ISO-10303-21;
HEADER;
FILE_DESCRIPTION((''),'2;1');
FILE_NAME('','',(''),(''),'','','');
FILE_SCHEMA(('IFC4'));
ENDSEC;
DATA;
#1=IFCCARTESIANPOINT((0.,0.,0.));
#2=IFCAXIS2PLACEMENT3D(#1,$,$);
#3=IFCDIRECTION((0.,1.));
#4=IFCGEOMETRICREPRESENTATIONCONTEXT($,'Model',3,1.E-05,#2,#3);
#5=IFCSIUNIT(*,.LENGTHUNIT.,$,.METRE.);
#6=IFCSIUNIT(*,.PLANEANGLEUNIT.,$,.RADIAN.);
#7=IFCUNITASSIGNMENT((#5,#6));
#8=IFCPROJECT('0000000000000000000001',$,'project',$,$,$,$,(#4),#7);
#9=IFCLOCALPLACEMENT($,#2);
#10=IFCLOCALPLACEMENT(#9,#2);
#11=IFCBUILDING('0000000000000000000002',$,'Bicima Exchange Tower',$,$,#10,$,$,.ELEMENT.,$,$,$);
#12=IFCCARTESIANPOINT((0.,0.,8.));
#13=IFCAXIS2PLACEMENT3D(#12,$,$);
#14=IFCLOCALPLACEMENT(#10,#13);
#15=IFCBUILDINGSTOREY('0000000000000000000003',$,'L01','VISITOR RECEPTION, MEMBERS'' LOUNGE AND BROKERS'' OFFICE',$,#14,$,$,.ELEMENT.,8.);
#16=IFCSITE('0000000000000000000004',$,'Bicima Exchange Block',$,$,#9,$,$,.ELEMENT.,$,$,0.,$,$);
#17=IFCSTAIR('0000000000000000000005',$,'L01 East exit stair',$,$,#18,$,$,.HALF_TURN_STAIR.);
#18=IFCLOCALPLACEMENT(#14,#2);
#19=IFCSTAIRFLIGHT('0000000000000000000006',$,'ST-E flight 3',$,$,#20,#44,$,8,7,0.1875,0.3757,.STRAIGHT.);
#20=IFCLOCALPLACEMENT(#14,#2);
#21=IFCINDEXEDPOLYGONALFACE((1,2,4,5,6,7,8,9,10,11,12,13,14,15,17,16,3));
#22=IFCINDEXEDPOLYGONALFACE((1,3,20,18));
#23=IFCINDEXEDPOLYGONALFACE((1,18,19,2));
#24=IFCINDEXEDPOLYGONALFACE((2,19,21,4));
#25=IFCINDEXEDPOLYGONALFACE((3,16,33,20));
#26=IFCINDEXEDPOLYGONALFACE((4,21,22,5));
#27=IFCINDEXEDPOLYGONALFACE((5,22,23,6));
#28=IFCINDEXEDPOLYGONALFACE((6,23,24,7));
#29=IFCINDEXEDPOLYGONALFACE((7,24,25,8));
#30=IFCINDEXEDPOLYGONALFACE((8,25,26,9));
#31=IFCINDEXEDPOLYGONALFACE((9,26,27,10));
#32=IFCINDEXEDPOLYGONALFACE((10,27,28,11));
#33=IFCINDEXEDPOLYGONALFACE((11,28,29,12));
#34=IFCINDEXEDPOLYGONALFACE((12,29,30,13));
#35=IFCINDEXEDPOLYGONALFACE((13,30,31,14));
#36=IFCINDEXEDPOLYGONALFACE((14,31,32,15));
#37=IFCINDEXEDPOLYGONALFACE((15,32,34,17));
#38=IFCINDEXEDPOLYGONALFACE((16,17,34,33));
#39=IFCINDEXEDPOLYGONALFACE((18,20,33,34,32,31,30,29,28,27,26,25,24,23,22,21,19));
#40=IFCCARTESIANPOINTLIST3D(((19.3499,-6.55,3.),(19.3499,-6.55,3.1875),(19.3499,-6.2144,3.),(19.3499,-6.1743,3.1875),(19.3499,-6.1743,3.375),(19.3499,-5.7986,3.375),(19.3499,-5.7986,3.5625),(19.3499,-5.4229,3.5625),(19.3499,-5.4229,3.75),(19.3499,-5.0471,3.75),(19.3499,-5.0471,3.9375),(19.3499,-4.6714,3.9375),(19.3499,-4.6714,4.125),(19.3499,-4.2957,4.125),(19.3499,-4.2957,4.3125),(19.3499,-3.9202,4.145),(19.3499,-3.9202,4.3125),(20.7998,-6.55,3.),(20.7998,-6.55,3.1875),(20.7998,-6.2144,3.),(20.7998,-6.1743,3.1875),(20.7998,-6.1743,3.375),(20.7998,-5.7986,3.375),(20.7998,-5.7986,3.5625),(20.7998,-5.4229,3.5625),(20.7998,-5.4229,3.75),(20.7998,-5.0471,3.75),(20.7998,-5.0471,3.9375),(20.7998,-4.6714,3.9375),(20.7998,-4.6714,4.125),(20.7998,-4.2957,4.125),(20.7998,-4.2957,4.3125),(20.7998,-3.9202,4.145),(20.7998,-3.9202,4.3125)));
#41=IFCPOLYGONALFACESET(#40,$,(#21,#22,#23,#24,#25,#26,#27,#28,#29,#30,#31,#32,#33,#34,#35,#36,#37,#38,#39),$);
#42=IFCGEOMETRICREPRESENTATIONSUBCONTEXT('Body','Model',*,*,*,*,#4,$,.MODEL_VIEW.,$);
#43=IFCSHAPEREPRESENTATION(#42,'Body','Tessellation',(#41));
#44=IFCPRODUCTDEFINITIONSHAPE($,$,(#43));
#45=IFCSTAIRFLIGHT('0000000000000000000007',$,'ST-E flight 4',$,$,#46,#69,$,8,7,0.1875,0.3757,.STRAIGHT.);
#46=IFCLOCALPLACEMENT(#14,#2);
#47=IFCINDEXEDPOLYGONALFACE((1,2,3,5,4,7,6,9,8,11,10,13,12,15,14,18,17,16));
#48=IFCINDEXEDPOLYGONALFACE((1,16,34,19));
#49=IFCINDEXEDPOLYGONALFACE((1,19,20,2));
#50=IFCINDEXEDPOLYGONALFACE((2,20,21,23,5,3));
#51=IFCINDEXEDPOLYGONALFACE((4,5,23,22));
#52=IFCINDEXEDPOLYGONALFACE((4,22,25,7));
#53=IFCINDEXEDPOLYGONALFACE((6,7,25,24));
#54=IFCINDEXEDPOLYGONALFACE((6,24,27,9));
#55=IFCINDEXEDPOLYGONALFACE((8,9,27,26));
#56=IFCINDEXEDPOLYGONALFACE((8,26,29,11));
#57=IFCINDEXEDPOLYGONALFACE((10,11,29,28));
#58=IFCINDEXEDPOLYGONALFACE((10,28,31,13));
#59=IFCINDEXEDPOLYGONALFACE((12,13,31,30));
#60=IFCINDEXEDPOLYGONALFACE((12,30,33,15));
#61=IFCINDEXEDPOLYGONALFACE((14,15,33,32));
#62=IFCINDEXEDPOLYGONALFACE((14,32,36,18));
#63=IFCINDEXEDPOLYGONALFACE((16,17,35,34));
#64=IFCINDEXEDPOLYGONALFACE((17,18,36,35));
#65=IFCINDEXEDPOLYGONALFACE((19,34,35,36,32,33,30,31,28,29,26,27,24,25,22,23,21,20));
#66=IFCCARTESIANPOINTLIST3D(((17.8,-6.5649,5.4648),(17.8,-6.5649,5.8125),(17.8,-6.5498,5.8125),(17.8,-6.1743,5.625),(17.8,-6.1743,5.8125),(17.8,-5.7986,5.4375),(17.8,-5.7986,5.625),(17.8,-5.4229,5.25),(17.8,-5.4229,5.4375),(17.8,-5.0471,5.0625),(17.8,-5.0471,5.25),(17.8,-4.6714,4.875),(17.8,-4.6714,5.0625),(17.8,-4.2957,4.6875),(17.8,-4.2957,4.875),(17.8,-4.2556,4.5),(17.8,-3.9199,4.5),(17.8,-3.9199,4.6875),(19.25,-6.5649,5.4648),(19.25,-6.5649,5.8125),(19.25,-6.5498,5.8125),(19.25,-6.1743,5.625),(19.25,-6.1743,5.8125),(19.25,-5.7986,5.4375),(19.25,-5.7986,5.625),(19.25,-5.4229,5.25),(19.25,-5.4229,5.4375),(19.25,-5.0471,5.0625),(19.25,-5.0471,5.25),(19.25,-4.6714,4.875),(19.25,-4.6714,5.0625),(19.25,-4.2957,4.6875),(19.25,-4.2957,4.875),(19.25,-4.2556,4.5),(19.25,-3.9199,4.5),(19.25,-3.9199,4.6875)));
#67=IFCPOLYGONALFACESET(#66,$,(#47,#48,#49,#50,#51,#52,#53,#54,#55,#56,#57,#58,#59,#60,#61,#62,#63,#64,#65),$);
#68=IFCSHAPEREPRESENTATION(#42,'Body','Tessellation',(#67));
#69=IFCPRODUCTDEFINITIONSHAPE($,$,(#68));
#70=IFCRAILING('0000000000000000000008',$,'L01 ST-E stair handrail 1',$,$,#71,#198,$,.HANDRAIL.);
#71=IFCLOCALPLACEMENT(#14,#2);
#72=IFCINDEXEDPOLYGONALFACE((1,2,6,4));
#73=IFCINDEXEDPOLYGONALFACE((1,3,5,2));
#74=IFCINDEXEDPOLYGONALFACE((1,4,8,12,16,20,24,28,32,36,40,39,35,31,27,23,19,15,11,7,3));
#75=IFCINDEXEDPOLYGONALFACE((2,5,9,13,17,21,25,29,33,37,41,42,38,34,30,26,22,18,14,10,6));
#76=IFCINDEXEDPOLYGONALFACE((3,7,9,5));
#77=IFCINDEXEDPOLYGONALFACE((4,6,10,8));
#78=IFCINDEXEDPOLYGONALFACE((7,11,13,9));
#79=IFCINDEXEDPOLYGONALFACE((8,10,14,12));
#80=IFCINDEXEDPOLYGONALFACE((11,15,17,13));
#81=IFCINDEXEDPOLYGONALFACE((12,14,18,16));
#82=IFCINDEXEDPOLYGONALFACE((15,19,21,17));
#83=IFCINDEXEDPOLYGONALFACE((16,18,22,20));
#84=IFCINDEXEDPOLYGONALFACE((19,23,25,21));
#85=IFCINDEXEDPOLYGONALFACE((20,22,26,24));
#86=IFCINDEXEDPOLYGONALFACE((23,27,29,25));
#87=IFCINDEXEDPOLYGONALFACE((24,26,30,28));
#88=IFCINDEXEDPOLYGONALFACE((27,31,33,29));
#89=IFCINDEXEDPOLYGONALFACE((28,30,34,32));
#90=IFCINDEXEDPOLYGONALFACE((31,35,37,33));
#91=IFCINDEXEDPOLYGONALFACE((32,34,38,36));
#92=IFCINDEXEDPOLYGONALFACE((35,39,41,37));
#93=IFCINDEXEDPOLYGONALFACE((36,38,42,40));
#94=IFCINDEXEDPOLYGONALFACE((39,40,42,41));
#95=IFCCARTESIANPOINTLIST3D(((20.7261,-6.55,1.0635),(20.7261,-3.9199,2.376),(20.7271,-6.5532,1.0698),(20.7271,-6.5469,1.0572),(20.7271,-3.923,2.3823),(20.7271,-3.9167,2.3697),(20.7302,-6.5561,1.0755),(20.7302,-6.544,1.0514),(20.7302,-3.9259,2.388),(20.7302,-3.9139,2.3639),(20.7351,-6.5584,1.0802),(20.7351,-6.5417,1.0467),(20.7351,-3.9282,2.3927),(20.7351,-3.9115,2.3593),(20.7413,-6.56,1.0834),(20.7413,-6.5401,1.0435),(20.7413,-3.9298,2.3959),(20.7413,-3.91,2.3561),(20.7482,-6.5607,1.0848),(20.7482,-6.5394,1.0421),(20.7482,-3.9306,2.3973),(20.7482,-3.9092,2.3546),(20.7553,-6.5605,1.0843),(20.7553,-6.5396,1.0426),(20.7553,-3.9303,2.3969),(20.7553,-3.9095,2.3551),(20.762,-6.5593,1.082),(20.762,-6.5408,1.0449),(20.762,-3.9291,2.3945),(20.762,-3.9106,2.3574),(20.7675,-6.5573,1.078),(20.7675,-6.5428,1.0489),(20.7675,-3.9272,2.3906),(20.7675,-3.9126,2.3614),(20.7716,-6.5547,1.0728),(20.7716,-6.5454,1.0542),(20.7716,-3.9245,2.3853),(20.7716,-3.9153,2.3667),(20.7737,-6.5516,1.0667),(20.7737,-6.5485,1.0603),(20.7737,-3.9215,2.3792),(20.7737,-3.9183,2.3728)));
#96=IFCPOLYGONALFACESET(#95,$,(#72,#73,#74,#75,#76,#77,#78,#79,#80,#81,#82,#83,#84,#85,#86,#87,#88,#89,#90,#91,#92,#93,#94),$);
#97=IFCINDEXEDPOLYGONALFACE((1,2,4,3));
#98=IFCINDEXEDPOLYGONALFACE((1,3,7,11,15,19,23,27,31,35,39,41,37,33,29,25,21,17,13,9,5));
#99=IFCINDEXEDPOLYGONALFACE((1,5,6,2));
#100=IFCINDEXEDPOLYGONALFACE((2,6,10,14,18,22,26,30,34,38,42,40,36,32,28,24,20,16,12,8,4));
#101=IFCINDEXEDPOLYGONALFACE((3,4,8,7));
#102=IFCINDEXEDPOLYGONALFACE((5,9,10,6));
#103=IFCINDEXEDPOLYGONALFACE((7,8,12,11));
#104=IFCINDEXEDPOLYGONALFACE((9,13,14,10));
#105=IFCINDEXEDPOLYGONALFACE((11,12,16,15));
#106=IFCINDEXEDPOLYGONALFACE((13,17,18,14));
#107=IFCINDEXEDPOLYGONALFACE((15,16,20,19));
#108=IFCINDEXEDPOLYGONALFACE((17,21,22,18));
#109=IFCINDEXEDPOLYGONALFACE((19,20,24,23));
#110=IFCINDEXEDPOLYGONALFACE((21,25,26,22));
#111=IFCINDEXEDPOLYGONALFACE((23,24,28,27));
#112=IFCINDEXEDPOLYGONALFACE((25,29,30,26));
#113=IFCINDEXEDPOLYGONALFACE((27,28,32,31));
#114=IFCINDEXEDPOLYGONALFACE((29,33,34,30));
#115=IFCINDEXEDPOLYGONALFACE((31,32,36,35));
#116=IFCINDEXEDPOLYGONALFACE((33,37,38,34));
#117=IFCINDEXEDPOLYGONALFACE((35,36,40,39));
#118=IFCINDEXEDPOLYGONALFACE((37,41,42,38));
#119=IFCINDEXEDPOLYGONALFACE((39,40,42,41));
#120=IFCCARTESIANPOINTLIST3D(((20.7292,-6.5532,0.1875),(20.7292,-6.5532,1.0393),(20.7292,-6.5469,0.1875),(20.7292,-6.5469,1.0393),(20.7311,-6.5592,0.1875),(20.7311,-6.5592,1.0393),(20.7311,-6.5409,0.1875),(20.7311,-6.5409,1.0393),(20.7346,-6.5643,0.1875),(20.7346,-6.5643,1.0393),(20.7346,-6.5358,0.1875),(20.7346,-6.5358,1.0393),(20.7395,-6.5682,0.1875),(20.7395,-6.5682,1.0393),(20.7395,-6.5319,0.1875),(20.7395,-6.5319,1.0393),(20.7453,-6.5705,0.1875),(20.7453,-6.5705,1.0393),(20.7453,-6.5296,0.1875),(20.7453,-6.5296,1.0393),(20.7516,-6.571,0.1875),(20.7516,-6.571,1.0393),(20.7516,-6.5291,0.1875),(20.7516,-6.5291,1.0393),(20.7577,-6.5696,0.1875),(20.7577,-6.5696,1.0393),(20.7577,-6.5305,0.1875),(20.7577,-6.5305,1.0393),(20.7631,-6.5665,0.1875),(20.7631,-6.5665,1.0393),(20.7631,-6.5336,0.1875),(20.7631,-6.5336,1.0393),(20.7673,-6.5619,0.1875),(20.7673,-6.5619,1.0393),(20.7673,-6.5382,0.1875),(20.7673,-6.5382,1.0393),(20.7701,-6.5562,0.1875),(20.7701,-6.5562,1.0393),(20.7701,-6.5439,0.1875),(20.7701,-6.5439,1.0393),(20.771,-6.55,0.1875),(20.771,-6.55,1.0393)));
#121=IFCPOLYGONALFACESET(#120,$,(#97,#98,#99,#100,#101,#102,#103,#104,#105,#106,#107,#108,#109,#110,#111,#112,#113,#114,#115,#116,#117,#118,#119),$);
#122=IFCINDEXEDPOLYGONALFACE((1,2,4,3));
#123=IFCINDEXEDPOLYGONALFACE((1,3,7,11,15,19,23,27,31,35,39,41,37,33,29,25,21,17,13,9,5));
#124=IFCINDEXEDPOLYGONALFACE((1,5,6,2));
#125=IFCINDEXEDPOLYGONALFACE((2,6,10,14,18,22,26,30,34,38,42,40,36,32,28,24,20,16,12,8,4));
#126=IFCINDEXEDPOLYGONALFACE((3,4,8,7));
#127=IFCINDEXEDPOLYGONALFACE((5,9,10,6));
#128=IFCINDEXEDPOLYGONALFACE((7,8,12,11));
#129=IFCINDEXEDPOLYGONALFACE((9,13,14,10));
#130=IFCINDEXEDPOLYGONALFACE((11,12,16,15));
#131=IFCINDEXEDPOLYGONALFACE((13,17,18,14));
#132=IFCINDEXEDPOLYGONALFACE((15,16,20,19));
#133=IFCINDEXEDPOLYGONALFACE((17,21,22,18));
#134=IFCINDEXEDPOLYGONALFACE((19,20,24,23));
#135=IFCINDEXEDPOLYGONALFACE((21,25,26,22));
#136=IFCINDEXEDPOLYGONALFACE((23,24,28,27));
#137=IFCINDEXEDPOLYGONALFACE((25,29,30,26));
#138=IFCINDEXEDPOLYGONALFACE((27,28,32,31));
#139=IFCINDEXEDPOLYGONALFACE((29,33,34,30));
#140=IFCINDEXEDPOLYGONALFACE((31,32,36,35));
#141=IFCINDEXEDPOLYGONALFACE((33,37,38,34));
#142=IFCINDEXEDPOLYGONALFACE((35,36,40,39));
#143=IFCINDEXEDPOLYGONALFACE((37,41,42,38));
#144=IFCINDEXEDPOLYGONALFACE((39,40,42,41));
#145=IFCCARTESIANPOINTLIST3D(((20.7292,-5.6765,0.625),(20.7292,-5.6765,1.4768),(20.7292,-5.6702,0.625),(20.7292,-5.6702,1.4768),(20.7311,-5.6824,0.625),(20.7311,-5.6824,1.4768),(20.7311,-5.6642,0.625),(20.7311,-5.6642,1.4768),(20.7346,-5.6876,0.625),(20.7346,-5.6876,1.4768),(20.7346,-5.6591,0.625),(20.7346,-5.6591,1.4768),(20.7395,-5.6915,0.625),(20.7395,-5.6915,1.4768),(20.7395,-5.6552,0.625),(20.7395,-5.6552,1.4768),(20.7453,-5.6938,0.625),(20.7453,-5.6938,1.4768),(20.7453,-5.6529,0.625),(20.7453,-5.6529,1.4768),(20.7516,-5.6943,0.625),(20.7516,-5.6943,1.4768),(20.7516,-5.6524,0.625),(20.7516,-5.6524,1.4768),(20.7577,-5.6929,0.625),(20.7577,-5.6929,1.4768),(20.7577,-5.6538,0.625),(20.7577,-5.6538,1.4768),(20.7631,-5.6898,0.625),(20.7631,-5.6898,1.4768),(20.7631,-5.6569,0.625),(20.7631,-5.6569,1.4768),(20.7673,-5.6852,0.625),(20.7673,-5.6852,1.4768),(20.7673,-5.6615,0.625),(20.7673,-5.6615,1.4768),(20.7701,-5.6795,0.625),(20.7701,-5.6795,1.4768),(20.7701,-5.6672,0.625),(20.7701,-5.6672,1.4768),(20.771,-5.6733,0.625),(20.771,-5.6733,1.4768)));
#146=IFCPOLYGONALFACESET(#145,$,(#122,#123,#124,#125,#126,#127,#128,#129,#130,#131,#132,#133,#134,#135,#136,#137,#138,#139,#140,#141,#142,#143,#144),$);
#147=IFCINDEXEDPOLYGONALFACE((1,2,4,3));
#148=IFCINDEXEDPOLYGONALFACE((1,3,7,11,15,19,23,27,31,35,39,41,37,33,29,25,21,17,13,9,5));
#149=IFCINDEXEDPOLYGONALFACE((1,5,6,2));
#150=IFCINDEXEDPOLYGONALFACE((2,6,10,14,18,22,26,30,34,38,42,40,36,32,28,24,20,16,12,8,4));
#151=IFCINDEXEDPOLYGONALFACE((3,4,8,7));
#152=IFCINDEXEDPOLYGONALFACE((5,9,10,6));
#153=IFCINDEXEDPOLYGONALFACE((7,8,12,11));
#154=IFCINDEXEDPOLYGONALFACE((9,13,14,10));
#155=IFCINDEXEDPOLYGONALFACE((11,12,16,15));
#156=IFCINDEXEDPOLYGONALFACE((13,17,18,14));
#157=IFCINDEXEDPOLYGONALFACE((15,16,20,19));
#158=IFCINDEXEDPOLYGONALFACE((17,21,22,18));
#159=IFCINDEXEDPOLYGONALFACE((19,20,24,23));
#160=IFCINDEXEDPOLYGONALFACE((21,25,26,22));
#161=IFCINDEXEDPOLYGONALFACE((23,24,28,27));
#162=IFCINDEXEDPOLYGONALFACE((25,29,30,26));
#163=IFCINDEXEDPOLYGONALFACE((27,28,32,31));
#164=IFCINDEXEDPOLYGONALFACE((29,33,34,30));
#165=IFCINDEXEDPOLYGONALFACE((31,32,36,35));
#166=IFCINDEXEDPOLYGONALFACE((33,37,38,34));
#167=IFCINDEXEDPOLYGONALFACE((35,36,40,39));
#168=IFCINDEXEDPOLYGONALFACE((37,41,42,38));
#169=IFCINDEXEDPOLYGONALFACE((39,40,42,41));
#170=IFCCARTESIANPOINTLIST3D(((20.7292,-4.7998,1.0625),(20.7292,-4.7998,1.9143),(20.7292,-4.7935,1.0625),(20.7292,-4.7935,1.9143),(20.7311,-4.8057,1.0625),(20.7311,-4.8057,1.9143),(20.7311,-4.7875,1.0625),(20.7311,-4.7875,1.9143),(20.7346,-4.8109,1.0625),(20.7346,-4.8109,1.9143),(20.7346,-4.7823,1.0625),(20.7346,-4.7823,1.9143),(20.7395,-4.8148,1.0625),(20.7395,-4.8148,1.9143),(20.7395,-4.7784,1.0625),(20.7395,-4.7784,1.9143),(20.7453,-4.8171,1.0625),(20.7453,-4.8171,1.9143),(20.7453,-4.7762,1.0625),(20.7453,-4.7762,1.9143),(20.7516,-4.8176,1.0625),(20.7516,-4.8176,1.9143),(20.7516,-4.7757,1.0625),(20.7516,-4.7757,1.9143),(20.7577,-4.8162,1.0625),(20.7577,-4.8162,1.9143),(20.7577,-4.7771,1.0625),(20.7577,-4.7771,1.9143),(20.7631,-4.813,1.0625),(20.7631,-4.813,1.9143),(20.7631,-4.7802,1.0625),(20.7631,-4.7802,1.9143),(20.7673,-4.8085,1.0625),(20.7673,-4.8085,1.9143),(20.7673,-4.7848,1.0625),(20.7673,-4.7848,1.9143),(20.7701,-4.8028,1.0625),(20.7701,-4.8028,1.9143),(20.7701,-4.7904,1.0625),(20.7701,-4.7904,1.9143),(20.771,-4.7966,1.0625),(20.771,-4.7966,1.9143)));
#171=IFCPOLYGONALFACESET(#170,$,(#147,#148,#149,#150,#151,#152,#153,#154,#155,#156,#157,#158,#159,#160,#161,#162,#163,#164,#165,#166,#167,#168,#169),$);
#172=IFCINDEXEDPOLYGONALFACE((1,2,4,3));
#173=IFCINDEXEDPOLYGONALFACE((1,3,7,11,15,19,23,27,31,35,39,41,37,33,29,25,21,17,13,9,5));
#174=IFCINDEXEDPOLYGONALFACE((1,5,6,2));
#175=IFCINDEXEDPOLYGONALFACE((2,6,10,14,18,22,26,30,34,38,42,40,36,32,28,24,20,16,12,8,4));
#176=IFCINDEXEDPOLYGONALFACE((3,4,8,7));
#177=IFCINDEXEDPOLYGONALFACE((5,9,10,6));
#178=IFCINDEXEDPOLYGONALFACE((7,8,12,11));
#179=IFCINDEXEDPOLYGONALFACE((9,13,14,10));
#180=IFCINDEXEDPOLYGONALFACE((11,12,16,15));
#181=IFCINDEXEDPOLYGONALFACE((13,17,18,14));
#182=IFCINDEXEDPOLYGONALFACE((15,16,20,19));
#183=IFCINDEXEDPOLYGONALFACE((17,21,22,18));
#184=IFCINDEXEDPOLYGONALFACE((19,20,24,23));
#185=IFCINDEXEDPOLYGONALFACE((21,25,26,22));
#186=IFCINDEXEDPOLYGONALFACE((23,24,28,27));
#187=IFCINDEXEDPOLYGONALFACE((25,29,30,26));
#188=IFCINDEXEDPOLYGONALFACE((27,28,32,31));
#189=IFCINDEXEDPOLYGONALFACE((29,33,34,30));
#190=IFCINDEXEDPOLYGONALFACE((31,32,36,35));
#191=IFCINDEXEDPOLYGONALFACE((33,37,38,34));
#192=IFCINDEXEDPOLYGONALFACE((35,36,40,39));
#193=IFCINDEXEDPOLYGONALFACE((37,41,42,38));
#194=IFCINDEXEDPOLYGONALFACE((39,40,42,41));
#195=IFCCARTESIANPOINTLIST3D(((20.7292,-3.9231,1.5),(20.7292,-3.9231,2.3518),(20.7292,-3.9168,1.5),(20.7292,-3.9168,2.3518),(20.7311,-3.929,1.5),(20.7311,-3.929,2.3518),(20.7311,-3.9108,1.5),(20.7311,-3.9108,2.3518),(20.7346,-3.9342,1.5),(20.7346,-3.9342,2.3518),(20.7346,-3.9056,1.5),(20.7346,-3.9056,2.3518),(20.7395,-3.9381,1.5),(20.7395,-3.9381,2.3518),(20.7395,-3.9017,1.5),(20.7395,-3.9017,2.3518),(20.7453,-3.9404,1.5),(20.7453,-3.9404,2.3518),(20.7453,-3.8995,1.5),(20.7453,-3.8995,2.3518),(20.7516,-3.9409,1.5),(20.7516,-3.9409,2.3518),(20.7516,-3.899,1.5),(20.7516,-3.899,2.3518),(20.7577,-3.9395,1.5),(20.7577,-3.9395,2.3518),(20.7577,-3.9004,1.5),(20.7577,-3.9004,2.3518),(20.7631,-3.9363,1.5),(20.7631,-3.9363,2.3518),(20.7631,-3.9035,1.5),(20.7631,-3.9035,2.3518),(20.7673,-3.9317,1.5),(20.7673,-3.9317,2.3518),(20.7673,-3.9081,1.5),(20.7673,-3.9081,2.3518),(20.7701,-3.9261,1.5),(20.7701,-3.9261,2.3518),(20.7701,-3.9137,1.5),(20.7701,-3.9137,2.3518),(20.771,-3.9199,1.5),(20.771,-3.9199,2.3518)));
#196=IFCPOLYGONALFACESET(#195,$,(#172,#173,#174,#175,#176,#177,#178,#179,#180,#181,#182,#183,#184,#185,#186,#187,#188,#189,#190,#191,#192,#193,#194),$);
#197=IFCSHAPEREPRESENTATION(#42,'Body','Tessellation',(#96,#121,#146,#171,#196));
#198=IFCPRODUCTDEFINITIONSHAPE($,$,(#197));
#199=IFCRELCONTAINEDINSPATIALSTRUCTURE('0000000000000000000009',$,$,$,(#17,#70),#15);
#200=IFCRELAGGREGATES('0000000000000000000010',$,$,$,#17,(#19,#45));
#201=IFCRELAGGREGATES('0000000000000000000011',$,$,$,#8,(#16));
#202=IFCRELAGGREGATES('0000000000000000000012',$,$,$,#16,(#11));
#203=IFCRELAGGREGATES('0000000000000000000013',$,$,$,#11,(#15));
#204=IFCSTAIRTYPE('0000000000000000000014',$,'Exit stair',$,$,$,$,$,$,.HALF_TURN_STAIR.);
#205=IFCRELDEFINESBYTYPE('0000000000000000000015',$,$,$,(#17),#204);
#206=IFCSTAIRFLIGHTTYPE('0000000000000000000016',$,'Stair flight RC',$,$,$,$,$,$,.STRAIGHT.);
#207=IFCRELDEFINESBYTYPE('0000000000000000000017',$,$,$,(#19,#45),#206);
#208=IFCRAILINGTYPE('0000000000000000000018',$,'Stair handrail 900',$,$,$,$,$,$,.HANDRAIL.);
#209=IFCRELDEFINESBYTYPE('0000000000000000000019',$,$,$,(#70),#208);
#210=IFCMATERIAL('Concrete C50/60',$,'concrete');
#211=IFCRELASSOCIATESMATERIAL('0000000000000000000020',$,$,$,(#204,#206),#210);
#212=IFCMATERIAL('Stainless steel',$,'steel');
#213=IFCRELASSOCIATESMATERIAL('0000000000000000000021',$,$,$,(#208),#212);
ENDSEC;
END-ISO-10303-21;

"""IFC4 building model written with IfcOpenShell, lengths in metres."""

from ifc_helpers import new_model, si_unit, direction, frame, origin, origin_2d, place, context, subcontext, project, spatial, polyline, circle, outline, extrude, material, type_object, element, aggregate, save


model = new_model("IFC4")

# Units and contexts
model_context = context("Model", 3, precision=1e-05, world=origin(), true_north=direction((0.0, 1.0)))
body_context = subcontext(model_context, "Body", "Model", "MODEL_VIEW")
ifc_project = project(units=[si_unit("LENGTHUNIT", "METRE"), si_unit("PLANEANGLEUNIT", "RADIAN")], contexts=[model_context])

# Site, building, storey
site_placement = place(None, origin())
site = spatial("IfcSite", under=ifc_project, at=site_placement, Name="Bicima Exchange Block", CompositionType="ELEMENT", RefElevation=0.0)
building_placement = place(site_placement, origin())
building = spatial("IfcBuilding", under=site, at=building_placement, Name="Bicima Exchange Tower", CompositionType="ELEMENT")
storey_placement = place(building_placement, frame((0.0, 0.0, 8.0)))
storey = spatial("IfcBuildingStorey", under=building, at=storey_placement, Name="L01", Description="VISITOR RECEPTION, MEMBERS' LOUNGE AND BROKERS' OFFICE", CompositionType="ELEMENT", Elevation=8.0)

# Shared definitions
ifc_material_1 = material(Name="Concrete C50/60", Category="concrete")

# Stair, stair flights
stair_type = type_object("IfcStairType", Name="Exit stair", PredefinedType="HALF_TURN_STAIR", material=ifc_material_1)
stair_placement = place(storey_placement, origin())
stair = element("IfcStair", 1, at=stair_placement, inside=storey, type_object=stair_type, Name="L01 East exit stair", PredefinedType="HALF_TURN_STAIR")
stair_flight_type = type_object("IfcStairFlightType", Name="Stair flight RC", PredefinedType="STRAIGHT", material=ifc_material_1)
stair_flight_1_placement = place(storey_placement, frame((20.075, -6.55, 3.0), z_axis=(0.0, 0.0, 1.0), x_axis=(0.0, 1.0, 0.0)))
stair_flight_1 = element("IfcStairFlight", 2, at=stair_flight_1_placement, type_object=stair_flight_type, Name="ST-E flight 3", NumberOfRisers=8, NumberOfTreads=7, PredefinedType="STRAIGHT", RiserHeight=0.1875, TreadLength=0.3757, context=body_context, shape_type="SweptSolid", body=[
    extrude(outline(polyline([(0.0, 0.0), (0.0, 0.1875), (0.3757, 0.1875), (0.3757, 0.375), (0.7515, 0.375), (0.7515, 0.5625), (1.1272, 0.5625), (1.1272, 0.75), (1.5029, 0.75), (1.5029, 0.9375), (1.8787, 0.9375), (1.8787, 1.125), (2.2544, 1.125), (2.2544, 1.3125), (2.6299, 1.3125), (2.6299, 1.5), (2.6299, 1.145), (0.3357, 0.0), (0.0, 0.0)])), frame((0.0, 0.7251, 0.0), z_axis=(0.0, -1.0, 0.0), x_axis=(1.0, 0.0, 0.0)), (0.0, 0.0, 1.0), 1.45),
])
stair_flight_2_placement = place(storey_placement, frame((18.5249, -3.9199, 4.5), z_axis=(0.0, 0.0, 1.0), x_axis=(0.0, -1.0, 0.0)))
stair_flight_2 = element("IfcStairFlight", 3, at=stair_flight_2_placement, type_object=stair_flight_type, Name="ST-E flight 4", NumberOfRisers=8, NumberOfTreads=7, PredefinedType="STRAIGHT", RiserHeight=0.1875, TreadLength=0.3757, context=body_context, shape_type="SweptSolid", body=[
    extrude(outline(polyline([(0.0, 0.0), (0.0, 0.1875), (0.3757, 0.1875), (0.3757, 0.375), (0.7515, 0.375), (0.7515, 0.5625), (1.1272, 0.5625), (1.1272, 0.75), (1.5029, 0.75), (1.5029, 0.9375), (1.8787, 0.9375), (1.8787, 1.125), (2.2544, 1.125), (2.2544, 1.3125), (2.6299, 1.3125), (2.645, 1.3125), (2.645, 0.9648), (0.3357, 0.0), (0.0, 0.0)])), frame((0.0, 0.7251, 0.0), z_axis=(0.0, -1.0, 0.0), x_axis=(1.0, 0.0, 0.0)), (0.0, 0.0, 1.0), 1.45),
])
aggregate(stair, [stair_flight_1, stair_flight_2])

# Railing
ifc_material_2 = material(Name="Stainless steel", Category="steel")
railing_type_1 = type_object("IfcRailingType", Name="Stair handrail 900", PredefinedType="HANDRAIL", material=ifc_material_2)
railing_1_placement = place(storey_placement, frame((20.75, -6.55, 0.1875)))
element("IfcRailing", 4, at=railing_1_placement, inside=storey, type_object=railing_type_1, Name="L01 ST-E stair handrail 1", PredefinedType="HANDRAIL", context=body_context, shape_type="SweptSolid", body=[
    extrude(circle(Radius=0.0239, at=origin_2d()), frame((0.0, 0.0, 0.876), z_axis=(0.0, 0.894776, 0.446516), x_axis=(-1.0, 0.0, 0.0)), (0.0, 0.0, 1.0), 2.9395),
    extrude(circle(Radius=0.021, at=origin_2d()), origin(), (0.0, 0.0, 1.0), 0.8518),
    extrude(circle(Radius=0.021, at=origin_2d()), frame((0.0, 0.8767, 0.4375)), (0.0, 0.0, 1.0), 0.8518),
    extrude(circle(Radius=0.021, at=origin_2d()), frame((0.0, 1.7534, 0.875)), (0.0, 0.0, 1.0), 0.8518),
    extrude(circle(Radius=0.021, at=origin_2d()), frame((0.0, 2.6301, 1.3125)), (0.0, 0.0, 1.0), 0.8518),
])

save(model, "model.ifc")
